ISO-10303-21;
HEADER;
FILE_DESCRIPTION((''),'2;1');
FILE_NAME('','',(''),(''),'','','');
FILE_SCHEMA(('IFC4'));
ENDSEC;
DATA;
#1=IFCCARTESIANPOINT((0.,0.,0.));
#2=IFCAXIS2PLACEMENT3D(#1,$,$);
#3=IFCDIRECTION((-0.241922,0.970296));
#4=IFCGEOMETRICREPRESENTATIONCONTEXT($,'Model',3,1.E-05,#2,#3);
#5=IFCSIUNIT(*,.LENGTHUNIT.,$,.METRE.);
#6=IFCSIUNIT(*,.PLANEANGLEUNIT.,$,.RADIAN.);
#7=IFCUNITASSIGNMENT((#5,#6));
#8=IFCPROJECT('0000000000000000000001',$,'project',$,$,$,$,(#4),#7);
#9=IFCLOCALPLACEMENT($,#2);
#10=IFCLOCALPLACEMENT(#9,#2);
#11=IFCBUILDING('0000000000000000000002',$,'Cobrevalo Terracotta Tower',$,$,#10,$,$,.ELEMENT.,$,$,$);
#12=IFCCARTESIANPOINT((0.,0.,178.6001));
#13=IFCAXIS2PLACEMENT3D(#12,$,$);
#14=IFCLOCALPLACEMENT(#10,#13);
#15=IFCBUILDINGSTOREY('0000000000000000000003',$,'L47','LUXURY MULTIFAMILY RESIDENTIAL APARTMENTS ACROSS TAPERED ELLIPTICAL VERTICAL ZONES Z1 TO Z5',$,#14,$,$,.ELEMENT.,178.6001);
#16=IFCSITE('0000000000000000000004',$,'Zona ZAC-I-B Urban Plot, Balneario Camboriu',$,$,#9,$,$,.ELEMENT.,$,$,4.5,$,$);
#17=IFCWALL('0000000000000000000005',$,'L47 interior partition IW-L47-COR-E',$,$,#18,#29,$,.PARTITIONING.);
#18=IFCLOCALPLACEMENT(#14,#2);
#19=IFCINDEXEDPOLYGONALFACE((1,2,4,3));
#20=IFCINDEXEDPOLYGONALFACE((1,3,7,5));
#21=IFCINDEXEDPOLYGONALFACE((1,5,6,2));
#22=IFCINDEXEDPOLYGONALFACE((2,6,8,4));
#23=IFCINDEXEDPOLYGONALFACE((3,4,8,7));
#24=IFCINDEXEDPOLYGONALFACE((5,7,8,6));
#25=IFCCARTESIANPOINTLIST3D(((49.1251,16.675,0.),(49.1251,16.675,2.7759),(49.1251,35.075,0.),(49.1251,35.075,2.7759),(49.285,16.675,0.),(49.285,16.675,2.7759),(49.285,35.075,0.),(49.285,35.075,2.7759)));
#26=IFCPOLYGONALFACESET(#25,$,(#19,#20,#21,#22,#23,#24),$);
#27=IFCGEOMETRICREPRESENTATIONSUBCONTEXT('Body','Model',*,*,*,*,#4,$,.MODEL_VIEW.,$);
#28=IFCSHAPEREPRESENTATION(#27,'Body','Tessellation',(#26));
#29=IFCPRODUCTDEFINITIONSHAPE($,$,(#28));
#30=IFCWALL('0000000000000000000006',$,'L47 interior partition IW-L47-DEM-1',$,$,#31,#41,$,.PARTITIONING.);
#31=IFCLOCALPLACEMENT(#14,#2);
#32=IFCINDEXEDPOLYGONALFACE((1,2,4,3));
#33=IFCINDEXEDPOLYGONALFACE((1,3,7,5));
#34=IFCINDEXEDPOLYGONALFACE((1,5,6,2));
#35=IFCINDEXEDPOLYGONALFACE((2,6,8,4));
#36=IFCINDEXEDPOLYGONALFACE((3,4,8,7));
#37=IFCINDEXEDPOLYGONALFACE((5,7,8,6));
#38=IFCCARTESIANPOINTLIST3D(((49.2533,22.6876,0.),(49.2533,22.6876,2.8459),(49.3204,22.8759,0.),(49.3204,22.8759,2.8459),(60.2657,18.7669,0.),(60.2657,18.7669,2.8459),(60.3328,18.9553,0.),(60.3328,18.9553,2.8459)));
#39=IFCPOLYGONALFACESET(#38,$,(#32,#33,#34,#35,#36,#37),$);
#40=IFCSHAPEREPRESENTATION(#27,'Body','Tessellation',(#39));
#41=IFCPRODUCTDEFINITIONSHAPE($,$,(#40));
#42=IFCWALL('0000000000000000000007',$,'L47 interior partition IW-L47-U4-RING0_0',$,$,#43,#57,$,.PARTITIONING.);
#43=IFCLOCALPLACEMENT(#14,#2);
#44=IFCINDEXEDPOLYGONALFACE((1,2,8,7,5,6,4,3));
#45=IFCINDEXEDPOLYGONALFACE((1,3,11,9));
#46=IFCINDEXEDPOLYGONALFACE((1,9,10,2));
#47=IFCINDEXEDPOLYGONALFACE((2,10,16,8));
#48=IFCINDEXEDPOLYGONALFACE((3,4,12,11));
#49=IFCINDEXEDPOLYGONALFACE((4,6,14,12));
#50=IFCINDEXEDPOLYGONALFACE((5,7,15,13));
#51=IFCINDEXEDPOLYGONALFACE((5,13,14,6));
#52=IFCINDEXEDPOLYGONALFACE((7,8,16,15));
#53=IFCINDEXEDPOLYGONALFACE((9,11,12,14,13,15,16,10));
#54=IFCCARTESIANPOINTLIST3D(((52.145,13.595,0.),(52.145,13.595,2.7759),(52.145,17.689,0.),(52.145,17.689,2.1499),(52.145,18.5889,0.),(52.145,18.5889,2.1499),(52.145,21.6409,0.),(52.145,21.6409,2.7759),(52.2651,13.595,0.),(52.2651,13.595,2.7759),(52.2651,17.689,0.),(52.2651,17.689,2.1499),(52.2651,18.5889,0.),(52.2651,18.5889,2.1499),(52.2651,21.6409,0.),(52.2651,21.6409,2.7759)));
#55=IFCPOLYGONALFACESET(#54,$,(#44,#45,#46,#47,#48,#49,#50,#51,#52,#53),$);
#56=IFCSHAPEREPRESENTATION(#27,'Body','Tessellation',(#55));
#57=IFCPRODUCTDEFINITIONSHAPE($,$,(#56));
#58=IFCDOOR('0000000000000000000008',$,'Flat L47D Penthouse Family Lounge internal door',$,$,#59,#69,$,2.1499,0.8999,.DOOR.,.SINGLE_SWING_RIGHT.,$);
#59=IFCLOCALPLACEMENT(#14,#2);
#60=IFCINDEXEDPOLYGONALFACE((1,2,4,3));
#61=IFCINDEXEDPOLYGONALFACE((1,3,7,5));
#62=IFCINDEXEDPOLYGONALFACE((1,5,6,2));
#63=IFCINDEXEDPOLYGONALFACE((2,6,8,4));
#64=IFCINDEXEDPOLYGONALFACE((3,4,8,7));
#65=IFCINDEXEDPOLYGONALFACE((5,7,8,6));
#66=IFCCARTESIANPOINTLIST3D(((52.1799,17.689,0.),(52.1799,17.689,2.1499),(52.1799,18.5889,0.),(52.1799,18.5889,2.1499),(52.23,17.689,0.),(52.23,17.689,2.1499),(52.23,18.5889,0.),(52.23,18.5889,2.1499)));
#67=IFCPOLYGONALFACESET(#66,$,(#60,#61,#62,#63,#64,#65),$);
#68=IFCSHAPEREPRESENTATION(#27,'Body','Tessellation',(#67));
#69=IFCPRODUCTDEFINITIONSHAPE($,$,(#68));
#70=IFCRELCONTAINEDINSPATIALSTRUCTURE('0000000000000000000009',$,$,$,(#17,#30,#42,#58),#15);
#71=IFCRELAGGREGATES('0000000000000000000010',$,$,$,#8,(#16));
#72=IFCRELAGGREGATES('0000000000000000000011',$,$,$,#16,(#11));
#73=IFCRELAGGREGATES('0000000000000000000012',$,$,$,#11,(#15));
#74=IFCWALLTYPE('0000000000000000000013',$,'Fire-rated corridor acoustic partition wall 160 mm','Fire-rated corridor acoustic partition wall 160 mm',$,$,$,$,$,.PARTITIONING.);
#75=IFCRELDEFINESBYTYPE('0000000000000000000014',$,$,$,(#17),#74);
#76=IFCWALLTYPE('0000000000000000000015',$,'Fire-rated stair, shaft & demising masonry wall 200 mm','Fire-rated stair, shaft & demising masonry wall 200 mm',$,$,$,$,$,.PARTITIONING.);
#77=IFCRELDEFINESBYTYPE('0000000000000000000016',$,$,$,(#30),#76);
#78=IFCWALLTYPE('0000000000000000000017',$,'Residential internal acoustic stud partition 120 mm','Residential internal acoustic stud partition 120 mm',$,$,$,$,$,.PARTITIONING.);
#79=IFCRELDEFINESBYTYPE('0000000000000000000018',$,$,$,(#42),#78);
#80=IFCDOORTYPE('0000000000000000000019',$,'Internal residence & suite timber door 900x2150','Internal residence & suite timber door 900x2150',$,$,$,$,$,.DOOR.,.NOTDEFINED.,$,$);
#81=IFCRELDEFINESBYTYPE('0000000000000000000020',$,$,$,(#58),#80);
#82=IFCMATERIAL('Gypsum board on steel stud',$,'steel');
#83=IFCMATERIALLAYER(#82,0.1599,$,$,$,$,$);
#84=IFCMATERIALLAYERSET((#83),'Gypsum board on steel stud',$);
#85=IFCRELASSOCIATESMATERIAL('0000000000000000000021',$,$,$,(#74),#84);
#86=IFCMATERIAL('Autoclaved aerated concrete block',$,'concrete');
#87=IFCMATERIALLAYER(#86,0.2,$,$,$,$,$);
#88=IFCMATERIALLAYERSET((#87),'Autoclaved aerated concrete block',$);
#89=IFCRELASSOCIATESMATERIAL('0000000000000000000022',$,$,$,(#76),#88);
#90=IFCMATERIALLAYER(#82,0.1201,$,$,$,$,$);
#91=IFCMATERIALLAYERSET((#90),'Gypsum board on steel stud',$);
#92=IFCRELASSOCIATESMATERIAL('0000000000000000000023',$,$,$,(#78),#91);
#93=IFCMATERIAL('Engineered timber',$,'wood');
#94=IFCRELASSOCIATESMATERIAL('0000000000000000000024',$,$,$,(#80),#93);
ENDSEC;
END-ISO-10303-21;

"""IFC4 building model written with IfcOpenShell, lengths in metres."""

from ifc_helpers import new_model, si_unit, direction, frame, frame_2d, origin, place, context, subcontext, project, spatial, rectangle, extrude, source, transform, mapped, material, layer, layer_set, type_object, element, fill, save


model = new_model("IFC4")

# Units and contexts
model_context = context("Model", 3, precision=1e-05, world=origin(), true_north=direction((-0.241922, 0.970296)))
body_context = subcontext(model_context, "Body", "Model", "MODEL_VIEW")
ifc_project = project(units=[si_unit("LENGTHUNIT", "METRE"), si_unit("PLANEANGLEUNIT", "RADIAN")], contexts=[model_context])

# Site, building, storey
site_placement = place(None, origin())
site = spatial("IfcSite", under=ifc_project, at=site_placement, Name="Zona ZAC-I-B Urban Plot, Balneario Camboriu", CompositionType="ELEMENT", RefElevation=4.5)
building_placement = place(site_placement, origin())
building = spatial("IfcBuilding", under=site, at=building_placement, Name="Cobrevalo Terracotta Tower", CompositionType="ELEMENT")
storey_placement = place(building_placement, frame((0.0, 0.0, 178.6001)))
storey = spatial("IfcBuildingStorey", under=building, at=storey_placement, Name="L47", Description="LUXURY MULTIFAMILY RESIDENTIAL APARTMENTS ACROSS TAPERED ELLIPTICAL VERTICAL ZONES Z1 TO Z5", CompositionType="ELEMENT", Elevation=178.6001)

# Walls
ifc_material_1 = material(Name="Gypsum board on steel stud", Category="steel")
ifc_layer_1 = layer(ifc_material_1, 0.1599)
ifc_layer_set_1 = layer_set([ifc_layer_1], Name="Gypsum board on steel stud")
wall_type_1 = type_object("IfcWallType", Name="Fire-rated corridor acoustic partition wall 160 mm", Description="Fire-rated corridor acoustic partition wall 160 mm", PredefinedType="PARTITIONING", material=ifc_layer_set_1)
wall_1_placement = place(storey_placement, frame((49.2051, 16.675, 0.0), z_axis=(0.0, 0.0, 1.0), x_axis=(0.0, 1.0, 0.0)))
element("IfcWall", 1, at=wall_1_placement, inside=storey, type_object=wall_type_1, Name="L47 interior partition IW-L47-COR-E", PredefinedType="PARTITIONING", context=body_context, shape_type="SweptSolid", body=[
    extrude(rectangle(XDim=18.3999, YDim=0.1599, at=frame_2d((9.2, 0.0))), origin(), (0.0, 0.0, 1.0), 2.7759),
])
ifc_material_2 = material(Name="Autoclaved aerated concrete block", Category="concrete")
ifc_layer_2 = layer(ifc_material_2, 0.2)
ifc_layer_set_2 = layer_set([ifc_layer_2], Name="Autoclaved aerated concrete block")
wall_type_2 = type_object("IfcWallType", Name="Fire-rated stair, shaft & demising masonry wall 200 mm", Description="Fire-rated stair, shaft & demising masonry wall 200 mm", PredefinedType="PARTITIONING", material=ifc_layer_set_2)
wall_2_placement = place(storey_placement, frame((49.2869, 22.7817, 0.0), z_axis=(0.0, 0.0, 1.0), x_axis=(0.942076, -0.335398, 0.0)))
element("IfcWall", 2, at=wall_2_placement, inside=storey, type_object=wall_type_2, Name="L47 interior partition IW-L47-DEM-1", PredefinedType="PARTITIONING", context=body_context, shape_type="SweptSolid", body=[
    extrude(rectangle(XDim=11.6895, YDim=0.2, at=frame_2d((5.8447, 0.0))), origin(), (0.0, 0.0, 1.0), 2.8459),
])

# Wall, opening, door
ifc_layer_3 = layer(ifc_material_1, 0.1201)
ifc_layer_set_3 = layer_set([ifc_layer_3], Name="Gypsum board on steel stud")
wall_type_3 = type_object("IfcWallType", Name="Residential internal acoustic stud partition 120 mm", Description="Residential internal acoustic stud partition 120 mm", PredefinedType="PARTITIONING", material=ifc_layer_set_3)
wall_3_placement = place(storey_placement, frame((52.2051, 21.6409, 0.0), z_axis=(0.0, 0.0, 1.0), x_axis=(0.0, -1.0, 0.0)))
wall_3 = element("IfcWall", 3, at=wall_3_placement, inside=storey, type_object=wall_type_3, Name="L47 interior partition IW-L47-U4-RING0_0", PredefinedType="PARTITIONING", context=body_context, shape_type="SweptSolid", body=[
    extrude(rectangle(XDim=8.0459, YDim=0.1201, at=frame_2d((4.0229, 0.0))), origin(), (0.0, 0.0, 1.0), 2.7759),
])
opening_1_placement = place(wall_3_placement, frame((3.052, 0.0, 0.0)))
opening_1 = element("IfcOpeningElement", 4, at=opening_1_placement, cuts=wall_3, PredefinedType="OPENING", context=body_context, shape_type="SweptSolid", body=[
    extrude(rectangle(XDim=0.8999, YDim=2.1499, at=frame_2d((0.45, 1.075))), frame((0.0, 0.0701, 0.0), z_axis=(0.0, -1.0, 0.0), x_axis=(1.0, 0.0, 0.0)), (0.0, 0.0, 1.0), 0.1401),
])
ifc_material_3 = material(Name="Engineered timber", Category="wood")
door_type = type_object("IfcDoorType", Name="Internal residence & suite timber door 900x2150", Description="Internal residence & suite timber door 900x2150", OperationType="NOTDEFINED", PredefinedType="DOOR", material=ifc_material_3)
shared_shape_1 = source(origin(), body_context, "Body", "SweptSolid", [
    extrude(rectangle(XDim=0.8999, YDim=2.1499, at=frame_2d((0.45, 1.075))), frame((0.0, 0.0249, 0.0), z_axis=(0.0, -1.0, 0.0), x_axis=(1.0, 0.0, 0.0)), (0.0, 0.0, 1.0), 0.05),
])
door_1_placement = place(opening_1_placement, origin())
door_1 = element("IfcDoor", 5, at=door_1_placement, inside=storey, type_object=door_type, Name="Flat L47D Penthouse Family Lounge internal door", OperationType="SINGLE_SWING_RIGHT", OverallHeight=2.1499, OverallWidth=0.8999, PredefinedType="DOOR", context=body_context, shape_type="MappedRepresentation", body=[
    mapped(shared_shape_1, transform((0.0, 0.0, 0.0), scale=1.0)),
])
fill(opening_1, door_1)

save(model, "model.ifc")
